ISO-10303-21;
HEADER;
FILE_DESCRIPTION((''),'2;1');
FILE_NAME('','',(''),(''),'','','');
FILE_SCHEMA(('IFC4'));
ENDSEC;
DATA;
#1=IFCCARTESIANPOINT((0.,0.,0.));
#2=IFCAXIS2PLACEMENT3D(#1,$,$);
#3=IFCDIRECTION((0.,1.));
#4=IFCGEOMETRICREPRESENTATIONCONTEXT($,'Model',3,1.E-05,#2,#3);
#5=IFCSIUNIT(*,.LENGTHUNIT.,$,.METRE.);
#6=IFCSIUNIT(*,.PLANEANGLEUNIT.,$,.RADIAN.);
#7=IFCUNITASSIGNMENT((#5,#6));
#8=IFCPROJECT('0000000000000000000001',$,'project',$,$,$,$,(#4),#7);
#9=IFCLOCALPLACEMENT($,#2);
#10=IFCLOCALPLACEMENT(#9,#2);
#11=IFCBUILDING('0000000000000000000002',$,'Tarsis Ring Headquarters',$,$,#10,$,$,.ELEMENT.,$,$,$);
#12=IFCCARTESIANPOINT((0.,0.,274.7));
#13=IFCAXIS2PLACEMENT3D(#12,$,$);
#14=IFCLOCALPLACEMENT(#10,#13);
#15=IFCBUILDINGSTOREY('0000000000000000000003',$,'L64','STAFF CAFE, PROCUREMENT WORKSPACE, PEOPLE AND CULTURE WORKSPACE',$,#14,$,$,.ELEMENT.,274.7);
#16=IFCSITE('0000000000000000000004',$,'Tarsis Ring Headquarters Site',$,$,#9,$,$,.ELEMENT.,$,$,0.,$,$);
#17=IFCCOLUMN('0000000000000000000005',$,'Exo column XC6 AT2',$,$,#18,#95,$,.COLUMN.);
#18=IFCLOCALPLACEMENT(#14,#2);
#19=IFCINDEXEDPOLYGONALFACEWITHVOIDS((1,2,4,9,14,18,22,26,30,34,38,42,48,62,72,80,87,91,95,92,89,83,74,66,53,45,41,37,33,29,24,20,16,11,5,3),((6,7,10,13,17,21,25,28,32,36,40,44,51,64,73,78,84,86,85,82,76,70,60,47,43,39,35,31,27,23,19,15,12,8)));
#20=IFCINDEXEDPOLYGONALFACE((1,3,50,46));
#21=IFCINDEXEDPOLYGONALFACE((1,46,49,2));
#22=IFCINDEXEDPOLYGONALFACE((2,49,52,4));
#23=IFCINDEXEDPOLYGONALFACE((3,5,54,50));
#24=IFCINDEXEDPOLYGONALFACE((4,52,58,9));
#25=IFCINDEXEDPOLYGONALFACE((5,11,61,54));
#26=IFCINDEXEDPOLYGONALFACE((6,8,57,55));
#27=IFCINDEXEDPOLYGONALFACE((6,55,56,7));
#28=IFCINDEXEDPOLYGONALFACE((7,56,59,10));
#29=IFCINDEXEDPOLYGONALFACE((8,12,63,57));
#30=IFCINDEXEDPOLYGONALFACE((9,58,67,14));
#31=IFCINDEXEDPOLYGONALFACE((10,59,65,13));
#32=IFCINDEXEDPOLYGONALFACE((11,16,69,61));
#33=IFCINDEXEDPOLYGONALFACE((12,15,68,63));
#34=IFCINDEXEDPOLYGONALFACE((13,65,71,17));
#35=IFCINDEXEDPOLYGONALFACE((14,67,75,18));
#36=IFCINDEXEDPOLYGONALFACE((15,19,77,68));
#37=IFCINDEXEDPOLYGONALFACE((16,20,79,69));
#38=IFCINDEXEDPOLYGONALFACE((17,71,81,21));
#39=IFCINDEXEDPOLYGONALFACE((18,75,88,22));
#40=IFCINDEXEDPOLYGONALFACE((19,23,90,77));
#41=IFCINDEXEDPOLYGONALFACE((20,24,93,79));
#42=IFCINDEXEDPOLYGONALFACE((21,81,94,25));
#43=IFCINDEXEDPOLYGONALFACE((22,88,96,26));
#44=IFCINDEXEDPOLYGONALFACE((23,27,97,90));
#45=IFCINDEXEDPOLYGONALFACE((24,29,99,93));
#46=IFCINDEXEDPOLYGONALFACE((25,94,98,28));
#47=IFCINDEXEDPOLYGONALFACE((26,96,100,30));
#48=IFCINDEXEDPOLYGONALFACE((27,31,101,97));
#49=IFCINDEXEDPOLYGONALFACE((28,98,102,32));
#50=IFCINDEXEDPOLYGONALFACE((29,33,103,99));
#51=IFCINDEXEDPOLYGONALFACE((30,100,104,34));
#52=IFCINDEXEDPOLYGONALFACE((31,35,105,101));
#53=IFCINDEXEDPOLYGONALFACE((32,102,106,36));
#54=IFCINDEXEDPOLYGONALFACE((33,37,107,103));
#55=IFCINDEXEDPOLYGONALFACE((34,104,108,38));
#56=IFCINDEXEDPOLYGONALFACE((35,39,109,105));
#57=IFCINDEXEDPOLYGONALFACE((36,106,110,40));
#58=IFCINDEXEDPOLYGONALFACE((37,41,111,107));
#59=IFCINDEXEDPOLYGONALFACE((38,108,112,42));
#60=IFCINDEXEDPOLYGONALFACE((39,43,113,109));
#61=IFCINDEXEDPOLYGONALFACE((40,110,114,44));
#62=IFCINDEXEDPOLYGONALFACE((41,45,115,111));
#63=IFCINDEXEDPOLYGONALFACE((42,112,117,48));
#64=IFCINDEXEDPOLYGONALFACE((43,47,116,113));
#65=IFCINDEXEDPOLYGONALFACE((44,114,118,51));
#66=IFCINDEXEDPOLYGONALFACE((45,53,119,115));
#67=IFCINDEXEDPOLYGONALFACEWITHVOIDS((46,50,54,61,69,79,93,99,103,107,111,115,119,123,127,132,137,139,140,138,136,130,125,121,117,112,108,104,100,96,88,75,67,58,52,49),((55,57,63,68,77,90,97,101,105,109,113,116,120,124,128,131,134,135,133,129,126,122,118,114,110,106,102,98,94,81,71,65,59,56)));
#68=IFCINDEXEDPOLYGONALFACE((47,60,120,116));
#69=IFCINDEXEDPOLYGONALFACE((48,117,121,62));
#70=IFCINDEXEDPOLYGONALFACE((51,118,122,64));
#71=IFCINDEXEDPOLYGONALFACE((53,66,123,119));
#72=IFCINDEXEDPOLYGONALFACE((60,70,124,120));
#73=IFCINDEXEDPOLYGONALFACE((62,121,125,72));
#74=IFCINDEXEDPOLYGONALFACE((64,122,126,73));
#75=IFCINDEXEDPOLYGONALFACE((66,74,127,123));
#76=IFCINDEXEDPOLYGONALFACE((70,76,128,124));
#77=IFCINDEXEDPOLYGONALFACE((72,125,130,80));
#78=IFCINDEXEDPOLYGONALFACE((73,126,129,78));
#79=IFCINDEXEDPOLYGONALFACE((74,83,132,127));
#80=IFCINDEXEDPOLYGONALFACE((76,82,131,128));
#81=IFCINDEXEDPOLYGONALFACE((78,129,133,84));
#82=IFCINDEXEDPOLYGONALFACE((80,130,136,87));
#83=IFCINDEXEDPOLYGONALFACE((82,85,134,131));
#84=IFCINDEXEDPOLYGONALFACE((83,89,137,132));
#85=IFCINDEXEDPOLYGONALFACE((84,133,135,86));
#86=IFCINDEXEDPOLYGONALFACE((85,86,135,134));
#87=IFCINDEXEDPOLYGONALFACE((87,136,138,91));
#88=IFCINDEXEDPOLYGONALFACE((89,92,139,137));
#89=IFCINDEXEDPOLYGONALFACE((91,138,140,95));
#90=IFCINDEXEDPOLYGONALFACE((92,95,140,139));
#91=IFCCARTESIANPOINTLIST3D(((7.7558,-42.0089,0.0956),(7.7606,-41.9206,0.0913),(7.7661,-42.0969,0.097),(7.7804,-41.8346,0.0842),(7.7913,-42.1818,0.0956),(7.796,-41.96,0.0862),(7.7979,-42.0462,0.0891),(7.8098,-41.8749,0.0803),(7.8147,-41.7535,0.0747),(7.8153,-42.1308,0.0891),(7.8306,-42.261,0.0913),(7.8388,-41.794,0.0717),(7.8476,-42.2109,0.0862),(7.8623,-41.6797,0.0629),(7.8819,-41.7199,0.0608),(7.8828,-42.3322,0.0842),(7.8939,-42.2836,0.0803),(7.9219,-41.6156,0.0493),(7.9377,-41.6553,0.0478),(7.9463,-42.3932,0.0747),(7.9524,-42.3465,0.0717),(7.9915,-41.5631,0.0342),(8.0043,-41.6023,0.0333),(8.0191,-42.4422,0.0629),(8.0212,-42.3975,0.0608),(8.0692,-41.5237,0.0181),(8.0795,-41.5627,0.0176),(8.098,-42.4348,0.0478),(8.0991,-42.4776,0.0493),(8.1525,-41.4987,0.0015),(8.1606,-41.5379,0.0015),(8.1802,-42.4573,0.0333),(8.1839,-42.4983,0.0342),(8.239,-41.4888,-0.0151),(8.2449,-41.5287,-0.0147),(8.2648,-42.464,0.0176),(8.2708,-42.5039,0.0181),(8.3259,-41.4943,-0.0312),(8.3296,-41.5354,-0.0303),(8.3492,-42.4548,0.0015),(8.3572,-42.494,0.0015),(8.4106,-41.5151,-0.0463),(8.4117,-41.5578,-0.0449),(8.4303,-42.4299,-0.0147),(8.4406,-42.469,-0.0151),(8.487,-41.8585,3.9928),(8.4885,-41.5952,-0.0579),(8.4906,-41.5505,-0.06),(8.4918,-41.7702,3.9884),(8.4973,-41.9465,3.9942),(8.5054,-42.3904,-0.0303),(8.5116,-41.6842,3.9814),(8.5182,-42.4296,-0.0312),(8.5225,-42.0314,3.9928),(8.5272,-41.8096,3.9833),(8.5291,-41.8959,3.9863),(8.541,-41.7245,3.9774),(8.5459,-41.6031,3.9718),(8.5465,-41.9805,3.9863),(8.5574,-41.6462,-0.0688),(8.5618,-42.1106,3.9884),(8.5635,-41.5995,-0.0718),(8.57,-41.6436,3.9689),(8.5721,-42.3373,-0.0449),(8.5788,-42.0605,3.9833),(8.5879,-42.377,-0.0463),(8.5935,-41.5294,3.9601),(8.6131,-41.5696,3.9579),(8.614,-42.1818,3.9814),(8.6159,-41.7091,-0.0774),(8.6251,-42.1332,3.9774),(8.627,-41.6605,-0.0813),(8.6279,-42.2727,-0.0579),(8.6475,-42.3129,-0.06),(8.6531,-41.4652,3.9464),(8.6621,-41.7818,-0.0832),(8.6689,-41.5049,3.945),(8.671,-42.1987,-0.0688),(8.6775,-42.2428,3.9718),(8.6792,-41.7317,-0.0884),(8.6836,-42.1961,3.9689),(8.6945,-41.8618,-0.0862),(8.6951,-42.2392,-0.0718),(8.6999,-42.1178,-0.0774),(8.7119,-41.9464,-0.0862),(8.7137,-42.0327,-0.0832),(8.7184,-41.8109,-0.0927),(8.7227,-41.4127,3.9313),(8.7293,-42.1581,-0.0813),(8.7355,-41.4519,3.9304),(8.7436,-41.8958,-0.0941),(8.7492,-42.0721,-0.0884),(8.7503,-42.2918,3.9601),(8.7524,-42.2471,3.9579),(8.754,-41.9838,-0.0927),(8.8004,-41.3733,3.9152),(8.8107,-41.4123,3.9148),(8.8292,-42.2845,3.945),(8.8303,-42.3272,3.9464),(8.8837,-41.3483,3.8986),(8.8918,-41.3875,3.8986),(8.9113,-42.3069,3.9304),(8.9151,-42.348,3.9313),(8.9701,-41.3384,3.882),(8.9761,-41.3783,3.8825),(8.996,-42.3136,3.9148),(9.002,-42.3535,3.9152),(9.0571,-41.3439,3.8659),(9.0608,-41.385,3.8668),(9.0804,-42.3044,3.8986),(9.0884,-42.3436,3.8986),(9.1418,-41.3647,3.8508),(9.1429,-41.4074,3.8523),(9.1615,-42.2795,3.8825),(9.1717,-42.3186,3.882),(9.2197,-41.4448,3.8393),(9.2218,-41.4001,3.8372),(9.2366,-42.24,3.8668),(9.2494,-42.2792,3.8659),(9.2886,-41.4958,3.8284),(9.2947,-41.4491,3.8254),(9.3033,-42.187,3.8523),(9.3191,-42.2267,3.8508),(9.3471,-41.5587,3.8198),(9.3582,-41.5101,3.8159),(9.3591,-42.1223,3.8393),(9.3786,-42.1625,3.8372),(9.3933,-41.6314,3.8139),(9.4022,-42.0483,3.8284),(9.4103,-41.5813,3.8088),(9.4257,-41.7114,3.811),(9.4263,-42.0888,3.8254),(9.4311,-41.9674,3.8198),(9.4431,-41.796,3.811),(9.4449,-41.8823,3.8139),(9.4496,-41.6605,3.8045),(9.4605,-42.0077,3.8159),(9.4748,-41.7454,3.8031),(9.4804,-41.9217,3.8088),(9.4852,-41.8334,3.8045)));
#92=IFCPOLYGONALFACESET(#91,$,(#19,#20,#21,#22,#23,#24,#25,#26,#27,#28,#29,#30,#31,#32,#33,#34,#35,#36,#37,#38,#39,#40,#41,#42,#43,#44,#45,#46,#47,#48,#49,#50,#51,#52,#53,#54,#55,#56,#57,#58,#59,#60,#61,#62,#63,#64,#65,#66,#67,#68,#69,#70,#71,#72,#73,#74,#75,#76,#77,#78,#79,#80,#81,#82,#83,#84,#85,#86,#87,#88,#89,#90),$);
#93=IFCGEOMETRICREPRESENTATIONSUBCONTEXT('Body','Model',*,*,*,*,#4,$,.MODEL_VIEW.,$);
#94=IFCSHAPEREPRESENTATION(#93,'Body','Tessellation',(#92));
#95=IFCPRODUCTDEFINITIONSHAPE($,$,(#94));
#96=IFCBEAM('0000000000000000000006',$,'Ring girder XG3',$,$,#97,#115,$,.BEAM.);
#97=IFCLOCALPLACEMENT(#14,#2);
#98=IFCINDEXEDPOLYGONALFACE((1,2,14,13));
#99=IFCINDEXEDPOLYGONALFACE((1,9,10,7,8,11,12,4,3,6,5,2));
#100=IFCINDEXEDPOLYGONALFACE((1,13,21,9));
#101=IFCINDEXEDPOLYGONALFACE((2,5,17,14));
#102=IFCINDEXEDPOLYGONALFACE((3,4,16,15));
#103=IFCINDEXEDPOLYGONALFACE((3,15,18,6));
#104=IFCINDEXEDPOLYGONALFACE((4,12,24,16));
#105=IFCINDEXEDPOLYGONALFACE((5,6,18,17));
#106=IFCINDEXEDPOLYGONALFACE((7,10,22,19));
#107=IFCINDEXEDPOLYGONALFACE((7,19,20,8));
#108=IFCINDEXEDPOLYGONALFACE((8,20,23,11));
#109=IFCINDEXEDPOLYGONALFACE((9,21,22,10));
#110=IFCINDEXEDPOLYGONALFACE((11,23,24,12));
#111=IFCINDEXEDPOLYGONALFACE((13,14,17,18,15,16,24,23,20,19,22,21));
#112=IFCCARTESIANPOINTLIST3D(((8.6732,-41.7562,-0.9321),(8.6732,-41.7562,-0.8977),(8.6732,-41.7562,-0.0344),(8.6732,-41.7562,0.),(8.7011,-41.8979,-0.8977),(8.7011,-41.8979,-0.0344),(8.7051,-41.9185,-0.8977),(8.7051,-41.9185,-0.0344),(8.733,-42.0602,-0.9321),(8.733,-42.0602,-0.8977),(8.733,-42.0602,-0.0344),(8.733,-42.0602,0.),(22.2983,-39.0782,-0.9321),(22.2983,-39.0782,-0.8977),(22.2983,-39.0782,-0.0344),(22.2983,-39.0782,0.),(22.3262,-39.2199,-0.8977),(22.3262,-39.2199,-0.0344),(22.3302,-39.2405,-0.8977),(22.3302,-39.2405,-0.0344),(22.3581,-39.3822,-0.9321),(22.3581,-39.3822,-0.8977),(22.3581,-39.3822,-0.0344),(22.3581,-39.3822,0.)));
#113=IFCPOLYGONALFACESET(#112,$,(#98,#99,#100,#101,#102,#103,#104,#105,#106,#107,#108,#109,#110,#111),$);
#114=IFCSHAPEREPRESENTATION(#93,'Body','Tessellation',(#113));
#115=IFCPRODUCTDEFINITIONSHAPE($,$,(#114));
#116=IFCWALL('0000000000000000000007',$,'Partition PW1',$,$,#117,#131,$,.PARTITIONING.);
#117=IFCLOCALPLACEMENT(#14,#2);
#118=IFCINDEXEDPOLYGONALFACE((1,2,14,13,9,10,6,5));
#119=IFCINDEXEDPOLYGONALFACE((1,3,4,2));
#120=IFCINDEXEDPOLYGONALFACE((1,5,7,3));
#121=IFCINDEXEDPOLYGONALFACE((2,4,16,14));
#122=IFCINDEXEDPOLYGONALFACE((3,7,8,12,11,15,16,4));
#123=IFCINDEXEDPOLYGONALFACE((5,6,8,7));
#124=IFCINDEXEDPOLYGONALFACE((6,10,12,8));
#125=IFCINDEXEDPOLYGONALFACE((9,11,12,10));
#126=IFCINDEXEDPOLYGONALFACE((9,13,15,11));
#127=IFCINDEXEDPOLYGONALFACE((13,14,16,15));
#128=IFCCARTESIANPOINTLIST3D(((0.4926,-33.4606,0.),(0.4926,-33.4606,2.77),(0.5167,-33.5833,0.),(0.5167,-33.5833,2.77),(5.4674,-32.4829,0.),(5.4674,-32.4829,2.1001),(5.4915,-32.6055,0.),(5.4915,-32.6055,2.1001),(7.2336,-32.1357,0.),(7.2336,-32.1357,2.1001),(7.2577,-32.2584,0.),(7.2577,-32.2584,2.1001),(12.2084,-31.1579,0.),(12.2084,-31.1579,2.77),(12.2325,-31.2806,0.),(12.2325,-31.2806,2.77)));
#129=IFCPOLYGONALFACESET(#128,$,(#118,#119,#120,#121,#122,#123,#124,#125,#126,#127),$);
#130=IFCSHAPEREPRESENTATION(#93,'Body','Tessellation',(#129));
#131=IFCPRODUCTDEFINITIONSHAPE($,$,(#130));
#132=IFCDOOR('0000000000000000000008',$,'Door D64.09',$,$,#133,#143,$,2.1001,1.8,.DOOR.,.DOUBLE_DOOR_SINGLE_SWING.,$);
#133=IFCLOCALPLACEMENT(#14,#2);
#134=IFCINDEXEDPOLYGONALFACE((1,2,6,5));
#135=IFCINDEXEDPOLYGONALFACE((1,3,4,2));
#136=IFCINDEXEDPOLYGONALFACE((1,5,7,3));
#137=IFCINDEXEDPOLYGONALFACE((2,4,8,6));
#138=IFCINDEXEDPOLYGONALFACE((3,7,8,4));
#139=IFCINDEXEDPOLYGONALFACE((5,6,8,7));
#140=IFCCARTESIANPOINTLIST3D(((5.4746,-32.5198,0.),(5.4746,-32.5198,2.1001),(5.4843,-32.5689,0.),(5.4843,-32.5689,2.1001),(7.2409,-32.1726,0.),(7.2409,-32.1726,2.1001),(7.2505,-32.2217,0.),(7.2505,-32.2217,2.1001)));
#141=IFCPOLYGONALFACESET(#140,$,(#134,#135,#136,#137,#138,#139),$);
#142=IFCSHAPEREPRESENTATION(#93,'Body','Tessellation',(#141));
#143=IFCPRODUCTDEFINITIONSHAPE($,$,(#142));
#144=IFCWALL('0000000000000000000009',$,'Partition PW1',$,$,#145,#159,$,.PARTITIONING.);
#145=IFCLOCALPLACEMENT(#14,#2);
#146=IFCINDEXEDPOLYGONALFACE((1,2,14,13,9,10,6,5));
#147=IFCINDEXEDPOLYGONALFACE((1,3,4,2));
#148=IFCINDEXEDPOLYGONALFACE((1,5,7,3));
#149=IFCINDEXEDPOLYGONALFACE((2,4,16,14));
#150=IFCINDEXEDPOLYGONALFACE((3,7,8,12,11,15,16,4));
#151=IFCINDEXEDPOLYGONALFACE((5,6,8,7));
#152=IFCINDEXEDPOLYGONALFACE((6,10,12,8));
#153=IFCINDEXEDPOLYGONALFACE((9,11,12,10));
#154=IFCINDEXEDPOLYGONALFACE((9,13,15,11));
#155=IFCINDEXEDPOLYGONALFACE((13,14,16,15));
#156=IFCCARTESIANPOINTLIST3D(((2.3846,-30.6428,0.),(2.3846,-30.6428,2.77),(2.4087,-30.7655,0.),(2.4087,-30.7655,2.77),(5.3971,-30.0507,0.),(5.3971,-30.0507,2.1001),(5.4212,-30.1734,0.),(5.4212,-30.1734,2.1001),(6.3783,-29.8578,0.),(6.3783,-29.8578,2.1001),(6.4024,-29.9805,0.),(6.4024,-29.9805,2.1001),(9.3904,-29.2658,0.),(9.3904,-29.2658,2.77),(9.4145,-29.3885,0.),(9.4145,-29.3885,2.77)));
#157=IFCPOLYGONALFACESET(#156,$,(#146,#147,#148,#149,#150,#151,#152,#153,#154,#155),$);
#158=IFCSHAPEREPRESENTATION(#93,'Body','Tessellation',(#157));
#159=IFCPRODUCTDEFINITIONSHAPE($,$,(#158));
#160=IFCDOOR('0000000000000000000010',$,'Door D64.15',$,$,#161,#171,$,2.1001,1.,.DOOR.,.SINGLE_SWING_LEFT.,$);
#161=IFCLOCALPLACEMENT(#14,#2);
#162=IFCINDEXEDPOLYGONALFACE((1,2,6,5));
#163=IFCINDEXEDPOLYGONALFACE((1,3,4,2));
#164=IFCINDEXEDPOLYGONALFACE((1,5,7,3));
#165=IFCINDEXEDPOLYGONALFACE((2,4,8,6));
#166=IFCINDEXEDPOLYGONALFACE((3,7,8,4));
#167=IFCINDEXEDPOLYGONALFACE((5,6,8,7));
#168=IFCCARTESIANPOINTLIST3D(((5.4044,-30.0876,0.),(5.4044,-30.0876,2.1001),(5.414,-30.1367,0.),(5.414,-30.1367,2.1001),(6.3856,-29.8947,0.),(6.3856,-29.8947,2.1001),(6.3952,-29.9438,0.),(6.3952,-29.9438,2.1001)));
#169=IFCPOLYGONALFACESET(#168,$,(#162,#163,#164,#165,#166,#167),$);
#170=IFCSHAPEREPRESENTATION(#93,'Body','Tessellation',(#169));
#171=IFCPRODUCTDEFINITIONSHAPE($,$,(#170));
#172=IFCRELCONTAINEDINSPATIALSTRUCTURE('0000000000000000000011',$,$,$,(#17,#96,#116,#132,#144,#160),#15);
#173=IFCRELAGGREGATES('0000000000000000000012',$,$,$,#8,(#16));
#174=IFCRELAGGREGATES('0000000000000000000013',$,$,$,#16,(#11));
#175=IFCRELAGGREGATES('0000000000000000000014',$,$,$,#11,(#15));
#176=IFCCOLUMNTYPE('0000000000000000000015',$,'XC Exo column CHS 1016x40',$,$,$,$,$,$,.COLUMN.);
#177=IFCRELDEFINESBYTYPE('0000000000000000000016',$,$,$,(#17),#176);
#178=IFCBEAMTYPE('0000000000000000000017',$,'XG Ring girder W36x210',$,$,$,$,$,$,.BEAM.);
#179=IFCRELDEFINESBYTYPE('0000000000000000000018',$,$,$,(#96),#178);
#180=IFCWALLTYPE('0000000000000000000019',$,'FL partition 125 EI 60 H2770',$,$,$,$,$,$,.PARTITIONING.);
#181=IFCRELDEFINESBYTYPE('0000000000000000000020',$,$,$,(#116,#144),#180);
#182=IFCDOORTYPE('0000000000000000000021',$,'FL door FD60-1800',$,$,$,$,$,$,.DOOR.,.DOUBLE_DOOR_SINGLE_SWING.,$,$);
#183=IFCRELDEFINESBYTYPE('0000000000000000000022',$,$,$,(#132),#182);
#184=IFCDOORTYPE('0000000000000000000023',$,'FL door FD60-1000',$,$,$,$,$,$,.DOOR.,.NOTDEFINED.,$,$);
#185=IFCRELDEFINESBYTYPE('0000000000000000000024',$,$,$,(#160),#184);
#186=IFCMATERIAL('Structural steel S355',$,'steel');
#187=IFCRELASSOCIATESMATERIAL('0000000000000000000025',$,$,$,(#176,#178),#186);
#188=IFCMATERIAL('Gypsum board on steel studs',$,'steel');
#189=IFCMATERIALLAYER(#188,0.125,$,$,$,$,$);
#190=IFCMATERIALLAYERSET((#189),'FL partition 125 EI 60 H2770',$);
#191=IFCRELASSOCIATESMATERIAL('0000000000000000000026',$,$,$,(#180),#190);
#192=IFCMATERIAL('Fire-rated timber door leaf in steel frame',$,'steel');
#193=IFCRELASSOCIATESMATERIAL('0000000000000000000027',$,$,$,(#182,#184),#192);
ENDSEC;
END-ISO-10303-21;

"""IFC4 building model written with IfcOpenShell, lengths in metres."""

from ifc_helpers import new_model, si_unit, direction, frame, frame_2d, origin, origin_2d, place, context, subcontext, project, spatial, rectangle, hollow_circle, i_section, extrude, material, layer, layer_set, material_profile, profile_set, type_object, element, fill, save


model = new_model("IFC4")

# Units and contexts
model_context = context("Model", 3, precision=1e-05, world=origin(), true_north=direction((0.0, 1.0)))
body_context = subcontext(model_context, "Body", "Model", "MODEL_VIEW")
ifc_project = project(units=[si_unit("LENGTHUNIT", "METRE"), si_unit("PLANEANGLEUNIT", "RADIAN")], contexts=[model_context])

# Site, building, storey
site_placement = place(None, origin())
site = spatial("IfcSite", under=ifc_project, at=site_placement, Name="Tarsis Ring Headquarters Site", CompositionType="ELEMENT", RefElevation=0.0)
building_placement = place(site_placement, origin())
building = spatial("IfcBuilding", under=site, at=building_placement, Name="Tarsis Ring Headquarters", CompositionType="ELEMENT")
storey_placement = place(building_placement, frame((0.0, 0.0, 274.7)))
storey = spatial("IfcBuildingStorey", under=building, at=storey_placement, Name="L64", Description="STAFF CAFE, PROCUREMENT WORKSPACE, PEOPLE AND CULTURE WORKSPACE", CompositionType="ELEMENT", Elevation=274.7)

# Column
ifc_material_1 = material(Name="Structural steel S355", Category="steel")
ifc_material_profile_1 = material_profile(ifc_material_1, hollow_circle(Radius=0.5081, WallThickness=0.04, at=origin_2d()), Name="CHS 1016x40")
ifc_profile_set_1 = profile_set([ifc_material_profile_1], Name="Structural steel S355")
column_type = type_object("IfcColumnType", Name="XC Exo column CHS 1016x40", PredefinedType="COLUMN", material=ifc_profile_set_1)
column_placement = place(storey_placement, frame((8.2549, -41.9963, 0.0015), z_axis=(0.184271, 0.0379, 0.982144), x_axis=(-0.201459, 0.979497, 0.0)))
element("IfcColumn", 1, at=column_placement, inside=storey, type_object=column_type, Name="Exo column XC6 AT2", PredefinedType="COLUMN", context=body_context, shape_type="SweptSolid", body=[
    extrude(hollow_circle(Radius=0.5081, WallThickness=0.04, at=origin_2d()), origin(), (0.0, 0.0, 1.0), 3.968),
])

# Beam
ifc_material_profile_2 = material_profile(ifc_material_1, i_section(OverallWidth=0.3098, OverallDepth=0.9321, WebThickness=0.021, FlangeThickness=0.0344, at=origin_2d()), Name="W36x210")
ifc_profile_set_2 = profile_set([ifc_material_profile_2], Name="Structural steel S355")
beam_type = type_object("IfcBeamType", Name="XG Ring girder W36x210", PredefinedType="BEAM", material=ifc_profile_set_2)
beam_placement = place(storey_placement, frame((8.7031, -41.9082, -0.4661), z_axis=(0.981226, 0.192859, 0.0), x_axis=(-0.192859, 0.981226, 0.0)))
element("IfcBeam", 2, at=beam_placement, inside=storey, type_object=beam_type, Name="Ring girder XG3", PredefinedType="BEAM", context=body_context, shape_type="SweptSolid", body=[
    extrude(i_section(OverallWidth=0.3098, OverallDepth=0.9321, WebThickness=0.021, FlangeThickness=0.0344, at=origin_2d()), origin(), (0.0, 0.0, 1.0), 13.8857),
])

# Walls, openings, doors
ifc_material_2 = material(Name="Gypsum board on steel studs", Category="steel")
ifc_layer_1 = layer(ifc_material_2, 0.125)
ifc_layer_set_1 = layer_set([ifc_layer_1], Name="FL partition 125 EI 60 H2770")
wall_type_1 = type_object("IfcWallType", Name="FL partition 125 EI 60 H2770", PredefinedType="PARTITIONING", material=ifc_layer_set_1)
wall_1_placement = place(storey_placement, frame((0.5046, -33.522, 0.0), z_axis=(0.0, 0.0, 1.0), x_axis=(0.981226, 0.192859, 0.0)))
wall_1 = element("IfcWall", 3, at=wall_1_placement, inside=storey, type_object=wall_type_1, Name="Partition PW1", PredefinedType="PARTITIONING", context=body_context, shape_type="SweptSolid", body=[
    extrude(rectangle(XDim=11.9399, YDim=0.125, at=frame_2d((5.97, 0.0))), origin(), (0.0, 0.0, 1.0), 2.77),
])
opening_1_placement = place(wall_1_placement, frame((5.0701, 0.0, 0.0)))
opening_1 = element("IfcOpeningElement", 4, at=opening_1_placement, cuts=wall_1, PredefinedType="OPENING", context=body_context, shape_type="SweptSolid", body=[
    extrude(rectangle(XDim=1.8, YDim=2.1001, at=frame_2d((0.8999, 1.05))), frame((0.0, 0.0725, 0.0), z_axis=(0.0, -1.0, 0.0), x_axis=(1.0, 0.0, 0.0)), (0.0, 0.0, 1.0), 0.145),
])
ifc_material_3 = material(Name="Fire-rated timber door leaf in steel frame", Category="steel")
door_type_1 = type_object("IfcDoorType", Name="FL door FD60-1800", OperationType="DOUBLE_DOOR_SINGLE_SWING", PredefinedType="DOOR", material=ifc_material_3)
door_1_placement = place(opening_1_placement, origin())
door_1 = element("IfcDoor", 5, at=door_1_placement, inside=storey, type_object=door_type_1, Name="Door D64.09", OperationType="DOUBLE_DOOR_SINGLE_SWING", OverallHeight=2.1001, OverallWidth=1.8, PredefinedType="DOOR", context=body_context, shape_type="SweptSolid", body=[
    extrude(rectangle(XDim=1.8, YDim=2.1001, at=frame_2d((0.8999, 1.05))), frame((0.0, 0.0249, 0.0), z_axis=(0.0, -1.0, 0.0), x_axis=(1.0, 0.0, 0.0)), (0.0, 0.0, 1.0), 0.05),
])
fill(opening_1, door_1)
wall_2_placement = place(storey_placement, frame((2.3967, -30.7041, 0.0), z_axis=(0.0, 0.0, 1.0), x_axis=(0.981228, 0.192853, 0.0)))
wall_2 = element("IfcWall", 6, at=wall_2_placement, inside=storey, type_object=wall_type_1, Name="Partition PW1", PredefinedType="PARTITIONING", context=body_context, shape_type="SweptSolid", body=[
    extrude(rectangle(XDim=7.1399, YDim=0.125, at=frame_2d((3.5698, 0.0))), origin(), (0.0, 0.0, 1.0), 2.77),
])
opening_2_placement = place(wall_2_placement, frame((3.0701, 0.0, 0.0)))
opening_2 = element("IfcOpeningElement", 7, at=opening_2_placement, cuts=wall_2, PredefinedType="OPENING", context=body_context, shape_type="SweptSolid", body=[
    extrude(rectangle(XDim=1.0, YDim=2.1001, at=frame_2d((0.5, 1.05))), frame((0.0, 0.0725, 0.0), z_axis=(0.0, -1.0, 0.0), x_axis=(1.0, 0.0, 0.0)), (0.0, 0.0, 1.0), 0.145),
])
door_type_2 = type_object("IfcDoorType", Name="FL door FD60-1000", OperationType="NOTDEFINED", PredefinedType="DOOR", material=ifc_material_3)
door_2_placement = place(opening_2_placement, origin())
door_2 = element("IfcDoor", 8, at=door_2_placement, inside=storey, type_object=door_type_2, Name="Door D64.15", OperationType="SINGLE_SWING_LEFT", OverallHeight=2.1001, OverallWidth=1.0, PredefinedType="DOOR", context=body_context, shape_type="SweptSolid", body=[
    extrude(rectangle(XDim=1.0, YDim=2.1001, at=frame_2d((0.5, 1.05))), frame((0.0, 0.0249, 0.0), z_axis=(0.0, -1.0, 0.0), x_axis=(1.0, 0.0, 0.0)), (0.0, 0.0, 1.0), 0.05),
])
fill(opening_2, door_2)

save(model, "model.ifc")
